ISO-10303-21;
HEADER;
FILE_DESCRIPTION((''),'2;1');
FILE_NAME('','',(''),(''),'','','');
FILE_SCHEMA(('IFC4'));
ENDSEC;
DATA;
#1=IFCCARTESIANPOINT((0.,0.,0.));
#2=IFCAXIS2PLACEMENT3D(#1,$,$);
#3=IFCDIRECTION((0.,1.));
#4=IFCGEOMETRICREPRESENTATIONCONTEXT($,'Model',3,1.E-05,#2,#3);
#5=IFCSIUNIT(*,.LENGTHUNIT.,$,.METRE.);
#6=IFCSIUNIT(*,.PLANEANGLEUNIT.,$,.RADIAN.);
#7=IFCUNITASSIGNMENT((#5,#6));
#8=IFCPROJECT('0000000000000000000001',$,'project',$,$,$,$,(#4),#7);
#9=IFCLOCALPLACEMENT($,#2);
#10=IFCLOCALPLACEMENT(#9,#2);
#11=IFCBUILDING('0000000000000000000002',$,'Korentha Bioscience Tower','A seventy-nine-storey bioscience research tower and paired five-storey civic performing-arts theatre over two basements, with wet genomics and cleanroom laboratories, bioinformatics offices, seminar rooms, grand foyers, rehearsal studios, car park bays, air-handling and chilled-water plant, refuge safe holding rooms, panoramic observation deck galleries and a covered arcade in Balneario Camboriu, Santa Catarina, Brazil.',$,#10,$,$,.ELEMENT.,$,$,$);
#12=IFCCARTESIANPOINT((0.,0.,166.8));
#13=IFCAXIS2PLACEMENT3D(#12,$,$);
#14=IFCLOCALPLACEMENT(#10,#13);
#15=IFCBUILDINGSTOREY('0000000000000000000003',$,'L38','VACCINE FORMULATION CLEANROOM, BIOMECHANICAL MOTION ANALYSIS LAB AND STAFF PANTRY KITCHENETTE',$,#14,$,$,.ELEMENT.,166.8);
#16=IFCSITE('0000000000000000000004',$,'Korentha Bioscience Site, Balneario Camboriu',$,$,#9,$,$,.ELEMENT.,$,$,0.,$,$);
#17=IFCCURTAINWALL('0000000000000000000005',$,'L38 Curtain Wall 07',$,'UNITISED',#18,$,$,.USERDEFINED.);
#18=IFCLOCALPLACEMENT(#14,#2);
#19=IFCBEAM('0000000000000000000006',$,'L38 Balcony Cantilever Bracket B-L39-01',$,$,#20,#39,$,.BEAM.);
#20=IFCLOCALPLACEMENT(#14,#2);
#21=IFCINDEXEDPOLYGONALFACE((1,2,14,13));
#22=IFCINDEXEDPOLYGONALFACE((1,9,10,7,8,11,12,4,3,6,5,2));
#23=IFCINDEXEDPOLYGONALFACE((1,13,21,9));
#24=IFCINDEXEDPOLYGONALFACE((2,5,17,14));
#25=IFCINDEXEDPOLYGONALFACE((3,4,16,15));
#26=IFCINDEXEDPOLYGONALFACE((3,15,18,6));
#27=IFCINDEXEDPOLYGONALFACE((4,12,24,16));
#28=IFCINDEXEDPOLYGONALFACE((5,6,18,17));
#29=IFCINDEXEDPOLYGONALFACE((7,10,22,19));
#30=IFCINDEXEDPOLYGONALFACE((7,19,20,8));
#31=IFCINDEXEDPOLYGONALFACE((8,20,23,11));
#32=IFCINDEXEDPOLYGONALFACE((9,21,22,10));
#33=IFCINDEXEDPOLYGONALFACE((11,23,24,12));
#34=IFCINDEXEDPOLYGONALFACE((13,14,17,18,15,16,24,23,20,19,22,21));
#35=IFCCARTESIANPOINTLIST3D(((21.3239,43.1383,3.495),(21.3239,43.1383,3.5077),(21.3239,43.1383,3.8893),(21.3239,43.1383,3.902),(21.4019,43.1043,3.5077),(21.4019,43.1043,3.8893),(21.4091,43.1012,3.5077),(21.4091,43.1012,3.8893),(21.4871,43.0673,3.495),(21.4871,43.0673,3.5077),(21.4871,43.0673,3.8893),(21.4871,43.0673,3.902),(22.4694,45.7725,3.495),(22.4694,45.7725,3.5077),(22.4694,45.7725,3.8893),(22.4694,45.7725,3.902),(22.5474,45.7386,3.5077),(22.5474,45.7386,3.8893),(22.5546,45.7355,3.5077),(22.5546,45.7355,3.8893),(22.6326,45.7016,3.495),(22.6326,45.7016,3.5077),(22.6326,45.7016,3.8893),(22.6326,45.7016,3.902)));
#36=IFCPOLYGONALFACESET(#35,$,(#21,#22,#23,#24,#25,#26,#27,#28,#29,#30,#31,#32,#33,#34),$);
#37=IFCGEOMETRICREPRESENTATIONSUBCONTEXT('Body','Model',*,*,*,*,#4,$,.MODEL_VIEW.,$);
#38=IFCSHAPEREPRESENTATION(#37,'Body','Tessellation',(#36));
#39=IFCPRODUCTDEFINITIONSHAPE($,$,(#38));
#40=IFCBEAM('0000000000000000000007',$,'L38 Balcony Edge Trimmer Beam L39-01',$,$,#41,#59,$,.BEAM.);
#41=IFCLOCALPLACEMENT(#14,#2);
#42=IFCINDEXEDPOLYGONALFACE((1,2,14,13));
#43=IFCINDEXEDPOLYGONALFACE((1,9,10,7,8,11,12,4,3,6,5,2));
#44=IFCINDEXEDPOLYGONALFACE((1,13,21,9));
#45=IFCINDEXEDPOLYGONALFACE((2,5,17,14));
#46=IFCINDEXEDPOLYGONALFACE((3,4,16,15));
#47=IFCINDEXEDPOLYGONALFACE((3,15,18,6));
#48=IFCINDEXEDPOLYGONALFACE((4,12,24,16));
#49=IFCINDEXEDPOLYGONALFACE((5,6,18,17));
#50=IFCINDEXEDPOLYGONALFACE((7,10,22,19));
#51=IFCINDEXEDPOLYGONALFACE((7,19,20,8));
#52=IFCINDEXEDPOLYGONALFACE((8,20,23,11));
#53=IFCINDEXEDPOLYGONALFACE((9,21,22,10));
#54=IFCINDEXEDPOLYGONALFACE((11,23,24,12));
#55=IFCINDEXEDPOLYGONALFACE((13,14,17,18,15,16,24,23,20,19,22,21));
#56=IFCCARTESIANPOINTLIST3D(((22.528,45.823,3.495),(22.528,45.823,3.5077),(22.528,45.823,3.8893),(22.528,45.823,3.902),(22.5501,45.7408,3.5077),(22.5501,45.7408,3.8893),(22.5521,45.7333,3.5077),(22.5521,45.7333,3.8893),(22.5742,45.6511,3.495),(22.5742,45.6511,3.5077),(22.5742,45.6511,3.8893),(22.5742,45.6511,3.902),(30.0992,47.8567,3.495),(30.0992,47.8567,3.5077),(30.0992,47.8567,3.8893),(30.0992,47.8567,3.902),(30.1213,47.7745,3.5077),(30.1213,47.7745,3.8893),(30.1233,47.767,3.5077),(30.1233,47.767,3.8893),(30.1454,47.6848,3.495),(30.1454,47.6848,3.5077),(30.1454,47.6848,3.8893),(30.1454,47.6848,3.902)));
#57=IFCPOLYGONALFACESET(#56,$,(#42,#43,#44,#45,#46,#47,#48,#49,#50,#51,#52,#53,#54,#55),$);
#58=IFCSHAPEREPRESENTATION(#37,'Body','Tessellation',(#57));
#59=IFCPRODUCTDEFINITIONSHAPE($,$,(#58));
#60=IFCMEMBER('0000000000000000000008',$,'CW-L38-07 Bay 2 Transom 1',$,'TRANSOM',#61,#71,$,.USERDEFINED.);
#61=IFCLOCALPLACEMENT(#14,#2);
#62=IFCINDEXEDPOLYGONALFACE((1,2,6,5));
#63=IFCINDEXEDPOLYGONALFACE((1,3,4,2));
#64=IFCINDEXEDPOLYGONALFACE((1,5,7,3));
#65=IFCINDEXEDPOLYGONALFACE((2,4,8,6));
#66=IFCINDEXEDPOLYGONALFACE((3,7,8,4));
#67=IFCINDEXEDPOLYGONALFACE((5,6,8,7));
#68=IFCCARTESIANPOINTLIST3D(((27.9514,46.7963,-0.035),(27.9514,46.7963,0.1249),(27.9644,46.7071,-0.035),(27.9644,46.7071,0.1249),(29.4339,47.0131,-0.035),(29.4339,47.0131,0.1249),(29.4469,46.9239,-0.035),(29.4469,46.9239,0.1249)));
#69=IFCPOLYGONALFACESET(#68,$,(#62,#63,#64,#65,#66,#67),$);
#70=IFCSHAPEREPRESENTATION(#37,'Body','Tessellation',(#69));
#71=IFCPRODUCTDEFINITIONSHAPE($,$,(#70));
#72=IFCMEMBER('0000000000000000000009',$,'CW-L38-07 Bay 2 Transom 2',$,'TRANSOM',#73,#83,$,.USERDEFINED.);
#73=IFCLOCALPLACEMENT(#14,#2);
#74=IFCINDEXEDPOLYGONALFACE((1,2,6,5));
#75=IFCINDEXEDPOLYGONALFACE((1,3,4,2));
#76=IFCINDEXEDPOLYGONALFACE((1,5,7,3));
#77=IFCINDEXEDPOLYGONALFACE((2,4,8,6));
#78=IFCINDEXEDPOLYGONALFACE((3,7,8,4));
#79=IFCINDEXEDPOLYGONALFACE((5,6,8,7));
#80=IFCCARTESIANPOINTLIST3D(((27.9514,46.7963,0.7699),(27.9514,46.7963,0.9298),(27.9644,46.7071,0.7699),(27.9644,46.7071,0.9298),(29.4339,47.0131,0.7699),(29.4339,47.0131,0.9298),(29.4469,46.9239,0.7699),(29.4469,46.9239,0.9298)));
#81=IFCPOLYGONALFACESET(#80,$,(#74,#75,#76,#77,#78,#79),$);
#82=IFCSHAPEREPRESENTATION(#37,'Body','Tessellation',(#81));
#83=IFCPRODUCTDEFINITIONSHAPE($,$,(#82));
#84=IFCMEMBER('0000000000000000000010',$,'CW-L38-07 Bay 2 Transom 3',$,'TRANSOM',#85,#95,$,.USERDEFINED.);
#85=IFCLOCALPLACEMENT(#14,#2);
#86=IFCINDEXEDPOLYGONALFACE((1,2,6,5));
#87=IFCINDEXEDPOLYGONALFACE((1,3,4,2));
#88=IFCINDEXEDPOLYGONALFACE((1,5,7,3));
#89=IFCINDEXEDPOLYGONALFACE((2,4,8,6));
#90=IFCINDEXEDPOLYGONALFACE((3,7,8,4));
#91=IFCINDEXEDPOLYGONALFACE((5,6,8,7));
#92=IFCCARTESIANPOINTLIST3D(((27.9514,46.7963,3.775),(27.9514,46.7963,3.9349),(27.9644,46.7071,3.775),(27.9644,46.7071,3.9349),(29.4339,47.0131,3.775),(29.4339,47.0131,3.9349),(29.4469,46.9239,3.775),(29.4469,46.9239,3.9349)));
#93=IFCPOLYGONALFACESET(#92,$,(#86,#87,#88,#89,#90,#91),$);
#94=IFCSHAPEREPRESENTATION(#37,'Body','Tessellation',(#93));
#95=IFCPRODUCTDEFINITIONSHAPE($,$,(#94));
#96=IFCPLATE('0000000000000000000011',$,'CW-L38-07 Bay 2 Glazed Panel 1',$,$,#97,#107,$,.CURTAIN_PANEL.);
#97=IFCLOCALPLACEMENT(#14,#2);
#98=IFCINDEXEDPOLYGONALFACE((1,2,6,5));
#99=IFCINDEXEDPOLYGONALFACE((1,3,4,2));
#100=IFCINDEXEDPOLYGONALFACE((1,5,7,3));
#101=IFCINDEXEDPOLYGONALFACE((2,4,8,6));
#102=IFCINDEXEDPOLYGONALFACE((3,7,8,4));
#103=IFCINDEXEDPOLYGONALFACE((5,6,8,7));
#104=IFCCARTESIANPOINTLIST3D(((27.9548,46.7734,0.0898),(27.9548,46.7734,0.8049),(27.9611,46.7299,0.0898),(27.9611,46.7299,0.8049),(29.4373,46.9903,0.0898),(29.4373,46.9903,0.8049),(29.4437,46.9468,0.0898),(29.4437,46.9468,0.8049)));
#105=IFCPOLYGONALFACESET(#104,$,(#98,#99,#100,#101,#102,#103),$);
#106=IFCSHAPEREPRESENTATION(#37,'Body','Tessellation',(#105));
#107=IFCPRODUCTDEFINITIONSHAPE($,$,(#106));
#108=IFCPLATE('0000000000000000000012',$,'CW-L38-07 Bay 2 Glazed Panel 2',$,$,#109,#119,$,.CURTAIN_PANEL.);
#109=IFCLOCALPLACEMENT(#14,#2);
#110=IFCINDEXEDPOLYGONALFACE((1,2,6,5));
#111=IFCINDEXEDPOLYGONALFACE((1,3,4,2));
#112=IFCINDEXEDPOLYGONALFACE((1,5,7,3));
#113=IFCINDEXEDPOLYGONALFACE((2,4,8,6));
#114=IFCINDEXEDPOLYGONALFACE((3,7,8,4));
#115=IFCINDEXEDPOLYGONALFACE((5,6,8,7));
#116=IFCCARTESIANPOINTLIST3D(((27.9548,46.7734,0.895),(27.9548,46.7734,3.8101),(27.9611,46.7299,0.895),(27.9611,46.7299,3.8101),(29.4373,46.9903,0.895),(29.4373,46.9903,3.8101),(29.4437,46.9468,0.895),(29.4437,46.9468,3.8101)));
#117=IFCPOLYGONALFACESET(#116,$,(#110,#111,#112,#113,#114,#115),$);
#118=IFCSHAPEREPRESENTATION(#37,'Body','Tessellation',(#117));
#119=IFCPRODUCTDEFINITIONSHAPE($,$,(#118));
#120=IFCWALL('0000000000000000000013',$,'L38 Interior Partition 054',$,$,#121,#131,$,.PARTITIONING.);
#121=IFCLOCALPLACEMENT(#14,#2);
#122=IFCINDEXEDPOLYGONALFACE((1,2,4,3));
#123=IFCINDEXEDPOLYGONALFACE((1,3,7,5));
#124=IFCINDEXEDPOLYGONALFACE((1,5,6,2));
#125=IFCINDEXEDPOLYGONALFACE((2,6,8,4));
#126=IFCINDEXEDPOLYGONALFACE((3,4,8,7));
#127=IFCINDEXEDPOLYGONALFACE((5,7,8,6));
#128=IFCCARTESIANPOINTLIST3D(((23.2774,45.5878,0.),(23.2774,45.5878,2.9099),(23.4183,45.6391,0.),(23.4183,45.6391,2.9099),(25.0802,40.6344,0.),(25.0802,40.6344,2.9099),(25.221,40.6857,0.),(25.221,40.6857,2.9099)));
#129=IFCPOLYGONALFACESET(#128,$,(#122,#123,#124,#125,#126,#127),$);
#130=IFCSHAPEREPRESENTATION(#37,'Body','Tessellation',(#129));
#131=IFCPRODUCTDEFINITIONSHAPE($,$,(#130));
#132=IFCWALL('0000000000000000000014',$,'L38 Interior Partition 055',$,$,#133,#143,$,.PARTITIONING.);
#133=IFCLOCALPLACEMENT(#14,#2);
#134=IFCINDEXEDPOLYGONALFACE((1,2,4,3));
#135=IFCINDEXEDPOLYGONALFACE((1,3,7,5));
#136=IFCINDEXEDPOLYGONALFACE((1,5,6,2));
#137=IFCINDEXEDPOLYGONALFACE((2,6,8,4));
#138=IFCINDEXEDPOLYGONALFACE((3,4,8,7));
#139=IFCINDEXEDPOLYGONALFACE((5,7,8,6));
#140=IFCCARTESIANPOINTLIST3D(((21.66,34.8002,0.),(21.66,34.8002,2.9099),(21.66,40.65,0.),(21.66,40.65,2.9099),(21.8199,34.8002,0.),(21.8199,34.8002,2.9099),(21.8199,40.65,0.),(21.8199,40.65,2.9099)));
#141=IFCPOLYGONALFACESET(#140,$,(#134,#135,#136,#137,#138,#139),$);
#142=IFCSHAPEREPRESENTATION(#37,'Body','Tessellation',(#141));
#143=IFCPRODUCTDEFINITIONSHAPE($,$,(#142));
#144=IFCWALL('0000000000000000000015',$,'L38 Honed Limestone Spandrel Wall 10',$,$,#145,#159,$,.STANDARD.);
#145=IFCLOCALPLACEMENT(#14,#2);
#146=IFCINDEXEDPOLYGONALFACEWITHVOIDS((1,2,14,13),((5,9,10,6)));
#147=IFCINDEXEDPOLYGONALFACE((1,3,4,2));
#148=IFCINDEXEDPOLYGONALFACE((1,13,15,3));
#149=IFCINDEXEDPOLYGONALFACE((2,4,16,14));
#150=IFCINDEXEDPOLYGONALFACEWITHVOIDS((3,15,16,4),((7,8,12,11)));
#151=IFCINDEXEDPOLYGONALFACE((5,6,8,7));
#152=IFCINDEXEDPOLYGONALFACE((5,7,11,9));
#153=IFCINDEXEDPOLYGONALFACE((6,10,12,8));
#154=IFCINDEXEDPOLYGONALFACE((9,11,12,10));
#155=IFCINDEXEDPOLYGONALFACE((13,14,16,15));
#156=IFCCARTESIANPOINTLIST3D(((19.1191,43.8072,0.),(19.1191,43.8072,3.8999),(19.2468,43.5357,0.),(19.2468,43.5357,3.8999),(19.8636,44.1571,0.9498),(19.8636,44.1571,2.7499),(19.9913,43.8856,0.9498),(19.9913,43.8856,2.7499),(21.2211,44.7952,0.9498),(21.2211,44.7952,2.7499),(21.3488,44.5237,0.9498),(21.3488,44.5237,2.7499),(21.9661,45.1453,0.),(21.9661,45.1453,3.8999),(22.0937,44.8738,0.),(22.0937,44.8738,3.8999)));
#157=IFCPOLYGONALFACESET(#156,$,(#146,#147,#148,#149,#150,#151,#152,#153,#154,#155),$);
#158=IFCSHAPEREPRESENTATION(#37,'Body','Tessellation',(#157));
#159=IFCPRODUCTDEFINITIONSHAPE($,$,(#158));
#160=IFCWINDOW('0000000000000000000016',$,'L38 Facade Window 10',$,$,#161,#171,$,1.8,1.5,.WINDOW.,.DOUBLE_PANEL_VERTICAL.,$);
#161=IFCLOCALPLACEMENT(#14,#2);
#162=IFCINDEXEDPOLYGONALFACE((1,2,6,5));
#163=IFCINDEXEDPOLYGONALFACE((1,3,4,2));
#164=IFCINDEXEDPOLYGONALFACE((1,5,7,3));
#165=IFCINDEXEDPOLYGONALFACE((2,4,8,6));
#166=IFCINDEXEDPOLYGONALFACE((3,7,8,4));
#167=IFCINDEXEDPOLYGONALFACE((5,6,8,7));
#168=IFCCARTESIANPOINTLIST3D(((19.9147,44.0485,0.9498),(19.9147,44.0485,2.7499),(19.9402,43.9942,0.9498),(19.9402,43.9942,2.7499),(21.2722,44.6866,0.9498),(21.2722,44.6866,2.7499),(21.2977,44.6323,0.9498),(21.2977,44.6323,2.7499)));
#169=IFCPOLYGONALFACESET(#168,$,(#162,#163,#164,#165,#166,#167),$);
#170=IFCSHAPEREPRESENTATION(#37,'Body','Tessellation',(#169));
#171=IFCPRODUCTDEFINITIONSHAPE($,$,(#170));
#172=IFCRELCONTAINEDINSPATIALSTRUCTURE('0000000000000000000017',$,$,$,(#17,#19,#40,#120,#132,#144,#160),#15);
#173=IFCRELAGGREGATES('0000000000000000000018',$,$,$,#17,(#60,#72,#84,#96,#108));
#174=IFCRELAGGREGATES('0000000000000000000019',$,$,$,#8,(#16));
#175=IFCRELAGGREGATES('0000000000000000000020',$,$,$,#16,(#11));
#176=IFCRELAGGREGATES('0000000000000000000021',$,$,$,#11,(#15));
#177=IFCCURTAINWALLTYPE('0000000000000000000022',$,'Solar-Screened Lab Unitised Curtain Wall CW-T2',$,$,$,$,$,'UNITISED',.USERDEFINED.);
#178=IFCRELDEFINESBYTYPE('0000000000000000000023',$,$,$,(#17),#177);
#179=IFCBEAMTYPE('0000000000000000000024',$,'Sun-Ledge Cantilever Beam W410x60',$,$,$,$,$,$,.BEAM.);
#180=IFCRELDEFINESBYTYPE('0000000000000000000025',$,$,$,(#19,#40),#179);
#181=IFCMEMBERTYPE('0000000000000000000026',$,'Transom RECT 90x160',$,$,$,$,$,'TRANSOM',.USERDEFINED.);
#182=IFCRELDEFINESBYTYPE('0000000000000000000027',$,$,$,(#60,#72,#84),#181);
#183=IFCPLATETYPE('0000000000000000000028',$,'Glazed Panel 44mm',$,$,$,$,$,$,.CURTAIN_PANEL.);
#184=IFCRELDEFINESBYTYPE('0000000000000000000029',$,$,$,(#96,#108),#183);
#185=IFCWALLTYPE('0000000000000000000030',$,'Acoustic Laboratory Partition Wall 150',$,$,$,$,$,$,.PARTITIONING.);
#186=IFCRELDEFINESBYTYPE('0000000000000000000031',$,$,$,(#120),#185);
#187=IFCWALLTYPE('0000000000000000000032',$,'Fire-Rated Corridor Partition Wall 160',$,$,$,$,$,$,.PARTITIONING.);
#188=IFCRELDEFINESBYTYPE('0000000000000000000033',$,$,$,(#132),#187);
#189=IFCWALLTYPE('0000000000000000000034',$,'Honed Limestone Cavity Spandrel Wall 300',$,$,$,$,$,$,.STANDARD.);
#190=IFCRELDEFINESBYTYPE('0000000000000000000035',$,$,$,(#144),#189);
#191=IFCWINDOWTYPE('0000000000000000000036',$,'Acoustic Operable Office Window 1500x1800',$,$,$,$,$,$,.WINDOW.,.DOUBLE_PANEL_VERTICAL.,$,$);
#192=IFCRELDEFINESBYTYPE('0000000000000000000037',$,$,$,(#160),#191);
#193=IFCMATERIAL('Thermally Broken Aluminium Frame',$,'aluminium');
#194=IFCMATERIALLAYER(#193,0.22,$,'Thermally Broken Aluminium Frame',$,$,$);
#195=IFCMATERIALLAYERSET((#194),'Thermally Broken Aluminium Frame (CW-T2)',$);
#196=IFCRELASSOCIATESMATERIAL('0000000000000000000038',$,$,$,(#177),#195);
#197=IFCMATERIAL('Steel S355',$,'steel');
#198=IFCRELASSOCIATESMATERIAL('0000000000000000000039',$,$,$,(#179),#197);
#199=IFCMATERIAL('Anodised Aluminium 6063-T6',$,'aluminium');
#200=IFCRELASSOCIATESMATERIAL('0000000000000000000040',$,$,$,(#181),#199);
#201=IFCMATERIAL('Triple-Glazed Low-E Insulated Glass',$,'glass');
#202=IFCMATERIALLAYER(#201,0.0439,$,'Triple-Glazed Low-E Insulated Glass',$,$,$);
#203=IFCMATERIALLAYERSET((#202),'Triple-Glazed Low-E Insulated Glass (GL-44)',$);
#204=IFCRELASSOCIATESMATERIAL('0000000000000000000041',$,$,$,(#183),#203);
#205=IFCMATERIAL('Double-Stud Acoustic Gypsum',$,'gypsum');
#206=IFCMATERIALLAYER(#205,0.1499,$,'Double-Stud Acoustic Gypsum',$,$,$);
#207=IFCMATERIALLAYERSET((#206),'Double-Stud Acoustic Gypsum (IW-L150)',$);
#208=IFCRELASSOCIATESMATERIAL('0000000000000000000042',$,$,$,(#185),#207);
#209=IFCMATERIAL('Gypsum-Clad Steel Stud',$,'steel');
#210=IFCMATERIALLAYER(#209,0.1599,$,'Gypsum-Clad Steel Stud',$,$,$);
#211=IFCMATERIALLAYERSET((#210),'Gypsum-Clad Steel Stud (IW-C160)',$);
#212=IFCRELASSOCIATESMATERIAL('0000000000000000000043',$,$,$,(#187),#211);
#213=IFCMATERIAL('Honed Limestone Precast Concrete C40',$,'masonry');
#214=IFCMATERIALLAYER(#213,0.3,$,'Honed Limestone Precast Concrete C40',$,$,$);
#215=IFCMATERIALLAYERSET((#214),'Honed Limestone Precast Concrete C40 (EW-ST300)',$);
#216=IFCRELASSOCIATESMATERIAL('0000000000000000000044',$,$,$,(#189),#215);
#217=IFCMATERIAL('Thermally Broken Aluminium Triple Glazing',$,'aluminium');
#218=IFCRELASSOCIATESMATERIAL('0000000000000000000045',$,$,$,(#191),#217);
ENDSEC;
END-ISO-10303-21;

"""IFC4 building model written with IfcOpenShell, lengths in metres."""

from ifc_helpers import new_model, si_unit, direction, frame, frame_2d, origin, origin_2d, place, context, subcontext, project, spatial, rectangle, i_section, extrude, material, layer, layer_set, material_profile, profile_set, type_object, element, fill, aggregate, save


model = new_model("IFC4")

# Units and contexts
model_context = context("Model", 3, precision=1e-05, world=origin(), true_north=direction((0.0, 1.0)))
body_context = subcontext(model_context, "Body", "Model", "MODEL_VIEW")
ifc_project = project(units=[si_unit("LENGTHUNIT", "METRE"), si_unit("PLANEANGLEUNIT", "RADIAN")], contexts=[model_context])

# Site, building, storey
site_placement = place(None, origin())
site = spatial("IfcSite", under=ifc_project, at=site_placement, Name="Korentha Bioscience Site, Balneario Camboriu", CompositionType="ELEMENT", RefElevation=0.0)
building_placement = place(site_placement, origin())
building = spatial("IfcBuilding", under=site, at=building_placement, Name="Korentha Bioscience Tower", Description="A seventy-nine-storey bioscience research tower and paired five-storey civic performing-arts theatre over two basements, with wet genomics and cleanroom laboratories, bioinformatics offices, seminar rooms, grand foyers, rehearsal studios, car park bays, air-handling and chilled-water plant, refuge safe holding rooms, panoramic observation deck galleries and a covered arcade in Balneario Camboriu, Santa Catarina, Brazil.", CompositionType="ELEMENT")
storey_placement = place(building_placement, frame((0.0, 0.0, 166.8)))
storey = spatial("IfcBuildingStorey", under=building, at=storey_placement, Name="L38", Description="VACCINE FORMULATION CLEANROOM, BIOMECHANICAL MOTION ANALYSIS LAB AND STAFF PANTRY KITCHENETTE", CompositionType="ELEMENT", Elevation=166.8)

# Shared definitions
ifc_material_1 = material(Name="Steel S355", Category="steel")

# Curtain wall
ifc_material_2 = material(Name="Thermally Broken Aluminium Frame", Category="aluminium")
ifc_layer_1 = layer(ifc_material_2, 0.22, Name="Thermally Broken Aluminium Frame")
ifc_layer_set_1 = layer_set([ifc_layer_1], Name="Thermally Broken Aluminium Frame (CW-T2)")
curtain_wall_type = type_object("IfcCurtainWallType", Name="Solar-Screened Lab Unitised Curtain Wall CW-T2", ElementType="UNITISED", PredefinedType="USERDEFINED", material=ifc_layer_set_1)
curtain_wall_placement = place(storey_placement, origin())
curtain_wall = element("IfcCurtainWall", 1, at=curtain_wall_placement, inside=storey, type_object=curtain_wall_type, Name="L38 Curtain Wall 07", ObjectType="UNITISED", PredefinedType="USERDEFINED")
ifc_material_3 = material(Name="Anodised Aluminium 6063-T6", Category="aluminium")

# Beams
ifc_material_profile_1 = material_profile(ifc_material_1, i_section(OverallWidth=0.178, OverallDepth=0.407, WebThickness=0.0078, FlangeThickness=0.0127, at=origin_2d()), Name="Steel S355")
ifc_profile_set_1 = profile_set([ifc_material_profile_1], Name="Steel S355 (CB-410)")
beam_type_1 = type_object("IfcBeamType", Name="Sun-Ledge Cantilever Beam W410x60", PredefinedType="BEAM", material=ifc_profile_set_1)
beam_1_placement = place(storey_placement, frame((21.4055, 43.1028, 3.6985), z_axis=(0.398776, 0.917048, 0.0), x_axis=(-0.917048, 0.398776, 0.0)))
element("IfcBeam", 2, at=beam_1_placement, inside=storey, type_object=beam_type_1, Name="L38 Balcony Cantilever Bracket B-L39-01", PredefinedType="BEAM", context=body_context, shape_type="SweptSolid", body=[
    extrude(i_section(OverallWidth=0.178, OverallDepth=0.407, WebThickness=0.0078, FlangeThickness=0.0127, at=origin_2d()), origin(), (0.0, 0.0, 1.0), 2.8726),
])
beam_2_placement = place(storey_placement, frame((30.1223, 47.7708, 3.6985), z_axis=(-0.965767, -0.259411, 0.0), x_axis=(0.259411, -0.965767, 0.0)))
element("IfcBeam", 3, at=beam_2_placement, inside=storey, type_object=beam_type_1, Name="L38 Balcony Edge Trimmer Beam L39-01", PredefinedType="BEAM", context=body_context, shape_type="SweptSolid", body=[
    extrude(i_section(OverallWidth=0.178, OverallDepth=0.407, WebThickness=0.0078, FlangeThickness=0.0127, at=origin_2d()), origin(), (0.0, 0.0, 1.0), 7.8396),
])

# Members
ifc_material_profile_2 = material_profile(ifc_material_3, rectangle(XDim=0.0901, YDim=0.1599, at=origin_2d()), Name="Anodised Aluminium 6063-T6")
ifc_profile_set_2 = profile_set([ifc_material_profile_2], Name="Anodised Aluminium 6063-T6 (CW-TRN)")
member_type_1 = type_object("IfcMemberType", Name="Transom RECT 90x160", ElementType="TRANSOM", PredefinedType="USERDEFINED", material=ifc_profile_set_2)
member_1_placement = place(storey_placement, frame((29.4404, 46.9685, 0.0449), z_axis=(-0.989475, -0.144706, 0.0), x_axis=(0.144706, -0.989475, 0.0)))
member_1 = element("IfcMember", 4, at=member_1_placement, type_object=member_type_1, Name="CW-L38-07 Bay 2 Transom 1", ObjectType="TRANSOM", PredefinedType="USERDEFINED", context=body_context, shape_type="SweptSolid", body=[
    extrude(rectangle(XDim=0.0901, YDim=0.1599, at=origin_2d()), origin(), (0.0, 0.0, 1.0), 1.4983),
])
member_2_placement = place(storey_placement, frame((29.4404, 46.9685, 0.8499), z_axis=(-0.989475, -0.144706, 0.0), x_axis=(0.144706, -0.989475, 0.0)))
member_2 = element("IfcMember", 5, at=member_2_placement, type_object=member_type_1, Name="CW-L38-07 Bay 2 Transom 2", ObjectType="TRANSOM", PredefinedType="USERDEFINED", context=body_context, shape_type="SweptSolid", body=[
    extrude(rectangle(XDim=0.0901, YDim=0.1599, at=origin_2d()), origin(), (0.0, 0.0, 1.0), 1.4983),
])
member_3_placement = place(storey_placement, frame((29.4404, 46.9685, 3.855), z_axis=(-0.989475, -0.144706, 0.0), x_axis=(0.144706, -0.989475, 0.0)))
member_3 = element("IfcMember", 6, at=member_3_placement, type_object=member_type_1, Name="CW-L38-07 Bay 2 Transom 3", ObjectType="TRANSOM", PredefinedType="USERDEFINED", context=body_context, shape_type="SweptSolid", body=[
    extrude(rectangle(XDim=0.0901, YDim=0.1599, at=origin_2d()), origin(), (0.0, 0.0, 1.0), 1.4983),
])

# Plates
ifc_material_4 = material(Name="Triple-Glazed Low-E Insulated Glass", Category="glass")
ifc_layer_2 = layer(ifc_material_4, 0.0439, Name="Triple-Glazed Low-E Insulated Glass")
ifc_layer_set_2 = layer_set([ifc_layer_2], Name="Triple-Glazed Low-E Insulated Glass (GL-44)")
plate_type = type_object("IfcPlateType", Name="Glazed Panel 44mm", PredefinedType="CURTAIN_PANEL", material=ifc_layer_set_2)
plate_1_placement = place(storey_placement, frame((28.6992, 46.8601, 0.0898), z_axis=(0.0, 0.0, 1.0), x_axis=(-0.989462, -0.144793, 0.0)))
plate_1 = element("IfcPlate", 7, at=plate_1_placement, type_object=plate_type, Name="CW-L38-07 Bay 2 Glazed Panel 1", PredefinedType="CURTAIN_PANEL", context=body_context, shape_type="SweptSolid", body=[
    extrude(rectangle(XDim=1.4983, YDim=0.0439, at=origin_2d()), origin(), (0.0, 0.0, 1.0), 0.7151),
])
plate_2_placement = place(storey_placement, frame((28.6992, 46.8601, 0.895), z_axis=(0.0, 0.0, 1.0), x_axis=(-0.989462, -0.144793, 0.0)))
plate_2 = element("IfcPlate", 8, at=plate_2_placement, type_object=plate_type, Name="CW-L38-07 Bay 2 Glazed Panel 2", PredefinedType="CURTAIN_PANEL", context=body_context, shape_type="SweptSolid", body=[
    extrude(rectangle(XDim=1.4983, YDim=0.0439, at=origin_2d()), origin(), (0.0, 0.0, 1.0), 2.915),
])
aggregate(curtain_wall, [member_1, member_2, member_3, plate_1, plate_2])

# Wall
ifc_material_5 = material(Name="Double-Stud Acoustic Gypsum", Category="gypsum")
ifc_layer_3 = layer(ifc_material_5, 0.1499, Name="Double-Stud Acoustic Gypsum")
ifc_layer_set_3 = layer_set([ifc_layer_3], Name="Double-Stud Acoustic Gypsum (IW-L150)")
wall_type_1 = type_object("IfcWallType", Name="Acoustic Laboratory Partition Wall 150", PredefinedType="PARTITIONING", material=ifc_layer_set_3)
wall_1_placement = place(storey_placement, frame((25.1506, 40.6599, 0.0), z_axis=(0.0, 0.0, 1.0), x_axis=(-0.341996, 0.939701, 0.0)))
element("IfcWall", 9, at=wall_1_placement, inside=storey, type_object=wall_type_1, Name="L38 Interior Partition 054", PredefinedType="PARTITIONING", context=body_context, shape_type="SweptSolid", body=[
    extrude(rectangle(XDim=5.2712, YDim=0.1499, at=frame_2d((2.6357, 0.0))), origin(), (0.0, 0.0, 1.0), 2.9099),
])

# Shared definitions
ifc_material_6 = material(Name="Gypsum-Clad Steel Stud", Category="steel")
ifc_layer_4 = layer(ifc_material_6, 0.1599, Name="Gypsum-Clad Steel Stud")
ifc_layer_set_4 = layer_set([ifc_layer_4], Name="Gypsum-Clad Steel Stud (IW-C160)")
wall_type_2 = type_object("IfcWallType", Name="Fire-Rated Corridor Partition Wall 160", PredefinedType="PARTITIONING", material=ifc_layer_set_4)

# Wall
wall_2_placement = place(storey_placement, frame((21.74, 40.6499, 0.0), z_axis=(0.0, 0.0, 1.0), x_axis=(0.0, -1.0, 0.0)))
element("IfcWall", 10, at=wall_2_placement, inside=storey, type_object=wall_type_2, Name="L38 Interior Partition 055", PredefinedType="PARTITIONING", context=body_context, shape_type="SweptSolid", body=[
    extrude(rectangle(XDim=5.8499, YDim=0.1599, at=frame_2d((2.9248, 0.0))), origin(), (0.0, 0.0, 1.0), 2.9099),
])

# Wall, opening, window
ifc_material_7 = material(Name="Honed Limestone Precast Concrete C40", Category="masonry")
ifc_layer_5 = layer(ifc_material_7, 0.3, Name="Honed Limestone Precast Concrete C40")
ifc_layer_set_5 = layer_set([ifc_layer_5], Name="Honed Limestone Precast Concrete C40 (EW-ST300)")
wall_type_3 = type_object("IfcWallType", Name="Honed Limestone Cavity Spandrel Wall 300", PredefinedType="STANDARD", material=ifc_layer_set_5)
wall_3_placement = place(storey_placement, frame((22.0298, 45.0095, 0.0), z_axis=(0.0, 0.0, 1.0), x_axis=(-0.905014, -0.425382, 0.0)))
wall_3 = element("IfcWall", 11, at=wall_3_placement, inside=storey, type_object=wall_type_3, Name="L38 Honed Limestone Spandrel Wall 10", PredefinedType="STANDARD", context=body_context, shape_type="SweptSolid", body=[
    extrude(rectangle(XDim=3.1458, YDim=0.3, at=frame_2d((1.5728, 0.0))), origin(), (0.0, 0.0, 1.0), 3.8999),
])
opening_1_placement = place(wall_3_placement, frame((0.823, 0.0, 0.95)))
opening_1 = element("IfcOpeningElement", 12, at=opening_1_placement, cuts=wall_3, PredefinedType="OPENING", context=body_context, shape_type="SweptSolid", body=[
    extrude(rectangle(XDim=1.5, YDim=1.8, at=frame_2d((0.75, 0.8999))), frame((0.0, 0.165, 0.0), z_axis=(0.0, -1.0, 0.0), x_axis=(1.0, 0.0, 0.0)), (0.0, 0.0, 1.0), 0.3298),
])
ifc_material_8 = material(Name="Thermally Broken Aluminium Triple Glazing", Category="aluminium")
window_type = type_object("IfcWindowType", Name="Acoustic Operable Office Window 1500x1800", PartitioningType="DOUBLE_PANEL_VERTICAL", PredefinedType="WINDOW", material=ifc_material_8)
window_placement = place(opening_1_placement, origin())
window = element("IfcWindow", 13, at=window_placement, inside=storey, type_object=window_type, Name="L38 Facade Window 10", OverallHeight=1.8, OverallWidth=1.5, PartitioningType="DOUBLE_PANEL_VERTICAL", PredefinedType="WINDOW", context=body_context, shape_type="SweptSolid", body=[
    extrude(rectangle(XDim=1.5, YDim=1.8, at=frame_2d((0.75, 0.8999))), frame((0.0, 0.03, 0.0), z_axis=(0.0, -1.0, 0.0), x_axis=(1.0, 0.0, 0.0)), (0.0, 0.0, 1.0), 0.0601),
])
fill(opening_1, window)

save(model, "model.ifc")
